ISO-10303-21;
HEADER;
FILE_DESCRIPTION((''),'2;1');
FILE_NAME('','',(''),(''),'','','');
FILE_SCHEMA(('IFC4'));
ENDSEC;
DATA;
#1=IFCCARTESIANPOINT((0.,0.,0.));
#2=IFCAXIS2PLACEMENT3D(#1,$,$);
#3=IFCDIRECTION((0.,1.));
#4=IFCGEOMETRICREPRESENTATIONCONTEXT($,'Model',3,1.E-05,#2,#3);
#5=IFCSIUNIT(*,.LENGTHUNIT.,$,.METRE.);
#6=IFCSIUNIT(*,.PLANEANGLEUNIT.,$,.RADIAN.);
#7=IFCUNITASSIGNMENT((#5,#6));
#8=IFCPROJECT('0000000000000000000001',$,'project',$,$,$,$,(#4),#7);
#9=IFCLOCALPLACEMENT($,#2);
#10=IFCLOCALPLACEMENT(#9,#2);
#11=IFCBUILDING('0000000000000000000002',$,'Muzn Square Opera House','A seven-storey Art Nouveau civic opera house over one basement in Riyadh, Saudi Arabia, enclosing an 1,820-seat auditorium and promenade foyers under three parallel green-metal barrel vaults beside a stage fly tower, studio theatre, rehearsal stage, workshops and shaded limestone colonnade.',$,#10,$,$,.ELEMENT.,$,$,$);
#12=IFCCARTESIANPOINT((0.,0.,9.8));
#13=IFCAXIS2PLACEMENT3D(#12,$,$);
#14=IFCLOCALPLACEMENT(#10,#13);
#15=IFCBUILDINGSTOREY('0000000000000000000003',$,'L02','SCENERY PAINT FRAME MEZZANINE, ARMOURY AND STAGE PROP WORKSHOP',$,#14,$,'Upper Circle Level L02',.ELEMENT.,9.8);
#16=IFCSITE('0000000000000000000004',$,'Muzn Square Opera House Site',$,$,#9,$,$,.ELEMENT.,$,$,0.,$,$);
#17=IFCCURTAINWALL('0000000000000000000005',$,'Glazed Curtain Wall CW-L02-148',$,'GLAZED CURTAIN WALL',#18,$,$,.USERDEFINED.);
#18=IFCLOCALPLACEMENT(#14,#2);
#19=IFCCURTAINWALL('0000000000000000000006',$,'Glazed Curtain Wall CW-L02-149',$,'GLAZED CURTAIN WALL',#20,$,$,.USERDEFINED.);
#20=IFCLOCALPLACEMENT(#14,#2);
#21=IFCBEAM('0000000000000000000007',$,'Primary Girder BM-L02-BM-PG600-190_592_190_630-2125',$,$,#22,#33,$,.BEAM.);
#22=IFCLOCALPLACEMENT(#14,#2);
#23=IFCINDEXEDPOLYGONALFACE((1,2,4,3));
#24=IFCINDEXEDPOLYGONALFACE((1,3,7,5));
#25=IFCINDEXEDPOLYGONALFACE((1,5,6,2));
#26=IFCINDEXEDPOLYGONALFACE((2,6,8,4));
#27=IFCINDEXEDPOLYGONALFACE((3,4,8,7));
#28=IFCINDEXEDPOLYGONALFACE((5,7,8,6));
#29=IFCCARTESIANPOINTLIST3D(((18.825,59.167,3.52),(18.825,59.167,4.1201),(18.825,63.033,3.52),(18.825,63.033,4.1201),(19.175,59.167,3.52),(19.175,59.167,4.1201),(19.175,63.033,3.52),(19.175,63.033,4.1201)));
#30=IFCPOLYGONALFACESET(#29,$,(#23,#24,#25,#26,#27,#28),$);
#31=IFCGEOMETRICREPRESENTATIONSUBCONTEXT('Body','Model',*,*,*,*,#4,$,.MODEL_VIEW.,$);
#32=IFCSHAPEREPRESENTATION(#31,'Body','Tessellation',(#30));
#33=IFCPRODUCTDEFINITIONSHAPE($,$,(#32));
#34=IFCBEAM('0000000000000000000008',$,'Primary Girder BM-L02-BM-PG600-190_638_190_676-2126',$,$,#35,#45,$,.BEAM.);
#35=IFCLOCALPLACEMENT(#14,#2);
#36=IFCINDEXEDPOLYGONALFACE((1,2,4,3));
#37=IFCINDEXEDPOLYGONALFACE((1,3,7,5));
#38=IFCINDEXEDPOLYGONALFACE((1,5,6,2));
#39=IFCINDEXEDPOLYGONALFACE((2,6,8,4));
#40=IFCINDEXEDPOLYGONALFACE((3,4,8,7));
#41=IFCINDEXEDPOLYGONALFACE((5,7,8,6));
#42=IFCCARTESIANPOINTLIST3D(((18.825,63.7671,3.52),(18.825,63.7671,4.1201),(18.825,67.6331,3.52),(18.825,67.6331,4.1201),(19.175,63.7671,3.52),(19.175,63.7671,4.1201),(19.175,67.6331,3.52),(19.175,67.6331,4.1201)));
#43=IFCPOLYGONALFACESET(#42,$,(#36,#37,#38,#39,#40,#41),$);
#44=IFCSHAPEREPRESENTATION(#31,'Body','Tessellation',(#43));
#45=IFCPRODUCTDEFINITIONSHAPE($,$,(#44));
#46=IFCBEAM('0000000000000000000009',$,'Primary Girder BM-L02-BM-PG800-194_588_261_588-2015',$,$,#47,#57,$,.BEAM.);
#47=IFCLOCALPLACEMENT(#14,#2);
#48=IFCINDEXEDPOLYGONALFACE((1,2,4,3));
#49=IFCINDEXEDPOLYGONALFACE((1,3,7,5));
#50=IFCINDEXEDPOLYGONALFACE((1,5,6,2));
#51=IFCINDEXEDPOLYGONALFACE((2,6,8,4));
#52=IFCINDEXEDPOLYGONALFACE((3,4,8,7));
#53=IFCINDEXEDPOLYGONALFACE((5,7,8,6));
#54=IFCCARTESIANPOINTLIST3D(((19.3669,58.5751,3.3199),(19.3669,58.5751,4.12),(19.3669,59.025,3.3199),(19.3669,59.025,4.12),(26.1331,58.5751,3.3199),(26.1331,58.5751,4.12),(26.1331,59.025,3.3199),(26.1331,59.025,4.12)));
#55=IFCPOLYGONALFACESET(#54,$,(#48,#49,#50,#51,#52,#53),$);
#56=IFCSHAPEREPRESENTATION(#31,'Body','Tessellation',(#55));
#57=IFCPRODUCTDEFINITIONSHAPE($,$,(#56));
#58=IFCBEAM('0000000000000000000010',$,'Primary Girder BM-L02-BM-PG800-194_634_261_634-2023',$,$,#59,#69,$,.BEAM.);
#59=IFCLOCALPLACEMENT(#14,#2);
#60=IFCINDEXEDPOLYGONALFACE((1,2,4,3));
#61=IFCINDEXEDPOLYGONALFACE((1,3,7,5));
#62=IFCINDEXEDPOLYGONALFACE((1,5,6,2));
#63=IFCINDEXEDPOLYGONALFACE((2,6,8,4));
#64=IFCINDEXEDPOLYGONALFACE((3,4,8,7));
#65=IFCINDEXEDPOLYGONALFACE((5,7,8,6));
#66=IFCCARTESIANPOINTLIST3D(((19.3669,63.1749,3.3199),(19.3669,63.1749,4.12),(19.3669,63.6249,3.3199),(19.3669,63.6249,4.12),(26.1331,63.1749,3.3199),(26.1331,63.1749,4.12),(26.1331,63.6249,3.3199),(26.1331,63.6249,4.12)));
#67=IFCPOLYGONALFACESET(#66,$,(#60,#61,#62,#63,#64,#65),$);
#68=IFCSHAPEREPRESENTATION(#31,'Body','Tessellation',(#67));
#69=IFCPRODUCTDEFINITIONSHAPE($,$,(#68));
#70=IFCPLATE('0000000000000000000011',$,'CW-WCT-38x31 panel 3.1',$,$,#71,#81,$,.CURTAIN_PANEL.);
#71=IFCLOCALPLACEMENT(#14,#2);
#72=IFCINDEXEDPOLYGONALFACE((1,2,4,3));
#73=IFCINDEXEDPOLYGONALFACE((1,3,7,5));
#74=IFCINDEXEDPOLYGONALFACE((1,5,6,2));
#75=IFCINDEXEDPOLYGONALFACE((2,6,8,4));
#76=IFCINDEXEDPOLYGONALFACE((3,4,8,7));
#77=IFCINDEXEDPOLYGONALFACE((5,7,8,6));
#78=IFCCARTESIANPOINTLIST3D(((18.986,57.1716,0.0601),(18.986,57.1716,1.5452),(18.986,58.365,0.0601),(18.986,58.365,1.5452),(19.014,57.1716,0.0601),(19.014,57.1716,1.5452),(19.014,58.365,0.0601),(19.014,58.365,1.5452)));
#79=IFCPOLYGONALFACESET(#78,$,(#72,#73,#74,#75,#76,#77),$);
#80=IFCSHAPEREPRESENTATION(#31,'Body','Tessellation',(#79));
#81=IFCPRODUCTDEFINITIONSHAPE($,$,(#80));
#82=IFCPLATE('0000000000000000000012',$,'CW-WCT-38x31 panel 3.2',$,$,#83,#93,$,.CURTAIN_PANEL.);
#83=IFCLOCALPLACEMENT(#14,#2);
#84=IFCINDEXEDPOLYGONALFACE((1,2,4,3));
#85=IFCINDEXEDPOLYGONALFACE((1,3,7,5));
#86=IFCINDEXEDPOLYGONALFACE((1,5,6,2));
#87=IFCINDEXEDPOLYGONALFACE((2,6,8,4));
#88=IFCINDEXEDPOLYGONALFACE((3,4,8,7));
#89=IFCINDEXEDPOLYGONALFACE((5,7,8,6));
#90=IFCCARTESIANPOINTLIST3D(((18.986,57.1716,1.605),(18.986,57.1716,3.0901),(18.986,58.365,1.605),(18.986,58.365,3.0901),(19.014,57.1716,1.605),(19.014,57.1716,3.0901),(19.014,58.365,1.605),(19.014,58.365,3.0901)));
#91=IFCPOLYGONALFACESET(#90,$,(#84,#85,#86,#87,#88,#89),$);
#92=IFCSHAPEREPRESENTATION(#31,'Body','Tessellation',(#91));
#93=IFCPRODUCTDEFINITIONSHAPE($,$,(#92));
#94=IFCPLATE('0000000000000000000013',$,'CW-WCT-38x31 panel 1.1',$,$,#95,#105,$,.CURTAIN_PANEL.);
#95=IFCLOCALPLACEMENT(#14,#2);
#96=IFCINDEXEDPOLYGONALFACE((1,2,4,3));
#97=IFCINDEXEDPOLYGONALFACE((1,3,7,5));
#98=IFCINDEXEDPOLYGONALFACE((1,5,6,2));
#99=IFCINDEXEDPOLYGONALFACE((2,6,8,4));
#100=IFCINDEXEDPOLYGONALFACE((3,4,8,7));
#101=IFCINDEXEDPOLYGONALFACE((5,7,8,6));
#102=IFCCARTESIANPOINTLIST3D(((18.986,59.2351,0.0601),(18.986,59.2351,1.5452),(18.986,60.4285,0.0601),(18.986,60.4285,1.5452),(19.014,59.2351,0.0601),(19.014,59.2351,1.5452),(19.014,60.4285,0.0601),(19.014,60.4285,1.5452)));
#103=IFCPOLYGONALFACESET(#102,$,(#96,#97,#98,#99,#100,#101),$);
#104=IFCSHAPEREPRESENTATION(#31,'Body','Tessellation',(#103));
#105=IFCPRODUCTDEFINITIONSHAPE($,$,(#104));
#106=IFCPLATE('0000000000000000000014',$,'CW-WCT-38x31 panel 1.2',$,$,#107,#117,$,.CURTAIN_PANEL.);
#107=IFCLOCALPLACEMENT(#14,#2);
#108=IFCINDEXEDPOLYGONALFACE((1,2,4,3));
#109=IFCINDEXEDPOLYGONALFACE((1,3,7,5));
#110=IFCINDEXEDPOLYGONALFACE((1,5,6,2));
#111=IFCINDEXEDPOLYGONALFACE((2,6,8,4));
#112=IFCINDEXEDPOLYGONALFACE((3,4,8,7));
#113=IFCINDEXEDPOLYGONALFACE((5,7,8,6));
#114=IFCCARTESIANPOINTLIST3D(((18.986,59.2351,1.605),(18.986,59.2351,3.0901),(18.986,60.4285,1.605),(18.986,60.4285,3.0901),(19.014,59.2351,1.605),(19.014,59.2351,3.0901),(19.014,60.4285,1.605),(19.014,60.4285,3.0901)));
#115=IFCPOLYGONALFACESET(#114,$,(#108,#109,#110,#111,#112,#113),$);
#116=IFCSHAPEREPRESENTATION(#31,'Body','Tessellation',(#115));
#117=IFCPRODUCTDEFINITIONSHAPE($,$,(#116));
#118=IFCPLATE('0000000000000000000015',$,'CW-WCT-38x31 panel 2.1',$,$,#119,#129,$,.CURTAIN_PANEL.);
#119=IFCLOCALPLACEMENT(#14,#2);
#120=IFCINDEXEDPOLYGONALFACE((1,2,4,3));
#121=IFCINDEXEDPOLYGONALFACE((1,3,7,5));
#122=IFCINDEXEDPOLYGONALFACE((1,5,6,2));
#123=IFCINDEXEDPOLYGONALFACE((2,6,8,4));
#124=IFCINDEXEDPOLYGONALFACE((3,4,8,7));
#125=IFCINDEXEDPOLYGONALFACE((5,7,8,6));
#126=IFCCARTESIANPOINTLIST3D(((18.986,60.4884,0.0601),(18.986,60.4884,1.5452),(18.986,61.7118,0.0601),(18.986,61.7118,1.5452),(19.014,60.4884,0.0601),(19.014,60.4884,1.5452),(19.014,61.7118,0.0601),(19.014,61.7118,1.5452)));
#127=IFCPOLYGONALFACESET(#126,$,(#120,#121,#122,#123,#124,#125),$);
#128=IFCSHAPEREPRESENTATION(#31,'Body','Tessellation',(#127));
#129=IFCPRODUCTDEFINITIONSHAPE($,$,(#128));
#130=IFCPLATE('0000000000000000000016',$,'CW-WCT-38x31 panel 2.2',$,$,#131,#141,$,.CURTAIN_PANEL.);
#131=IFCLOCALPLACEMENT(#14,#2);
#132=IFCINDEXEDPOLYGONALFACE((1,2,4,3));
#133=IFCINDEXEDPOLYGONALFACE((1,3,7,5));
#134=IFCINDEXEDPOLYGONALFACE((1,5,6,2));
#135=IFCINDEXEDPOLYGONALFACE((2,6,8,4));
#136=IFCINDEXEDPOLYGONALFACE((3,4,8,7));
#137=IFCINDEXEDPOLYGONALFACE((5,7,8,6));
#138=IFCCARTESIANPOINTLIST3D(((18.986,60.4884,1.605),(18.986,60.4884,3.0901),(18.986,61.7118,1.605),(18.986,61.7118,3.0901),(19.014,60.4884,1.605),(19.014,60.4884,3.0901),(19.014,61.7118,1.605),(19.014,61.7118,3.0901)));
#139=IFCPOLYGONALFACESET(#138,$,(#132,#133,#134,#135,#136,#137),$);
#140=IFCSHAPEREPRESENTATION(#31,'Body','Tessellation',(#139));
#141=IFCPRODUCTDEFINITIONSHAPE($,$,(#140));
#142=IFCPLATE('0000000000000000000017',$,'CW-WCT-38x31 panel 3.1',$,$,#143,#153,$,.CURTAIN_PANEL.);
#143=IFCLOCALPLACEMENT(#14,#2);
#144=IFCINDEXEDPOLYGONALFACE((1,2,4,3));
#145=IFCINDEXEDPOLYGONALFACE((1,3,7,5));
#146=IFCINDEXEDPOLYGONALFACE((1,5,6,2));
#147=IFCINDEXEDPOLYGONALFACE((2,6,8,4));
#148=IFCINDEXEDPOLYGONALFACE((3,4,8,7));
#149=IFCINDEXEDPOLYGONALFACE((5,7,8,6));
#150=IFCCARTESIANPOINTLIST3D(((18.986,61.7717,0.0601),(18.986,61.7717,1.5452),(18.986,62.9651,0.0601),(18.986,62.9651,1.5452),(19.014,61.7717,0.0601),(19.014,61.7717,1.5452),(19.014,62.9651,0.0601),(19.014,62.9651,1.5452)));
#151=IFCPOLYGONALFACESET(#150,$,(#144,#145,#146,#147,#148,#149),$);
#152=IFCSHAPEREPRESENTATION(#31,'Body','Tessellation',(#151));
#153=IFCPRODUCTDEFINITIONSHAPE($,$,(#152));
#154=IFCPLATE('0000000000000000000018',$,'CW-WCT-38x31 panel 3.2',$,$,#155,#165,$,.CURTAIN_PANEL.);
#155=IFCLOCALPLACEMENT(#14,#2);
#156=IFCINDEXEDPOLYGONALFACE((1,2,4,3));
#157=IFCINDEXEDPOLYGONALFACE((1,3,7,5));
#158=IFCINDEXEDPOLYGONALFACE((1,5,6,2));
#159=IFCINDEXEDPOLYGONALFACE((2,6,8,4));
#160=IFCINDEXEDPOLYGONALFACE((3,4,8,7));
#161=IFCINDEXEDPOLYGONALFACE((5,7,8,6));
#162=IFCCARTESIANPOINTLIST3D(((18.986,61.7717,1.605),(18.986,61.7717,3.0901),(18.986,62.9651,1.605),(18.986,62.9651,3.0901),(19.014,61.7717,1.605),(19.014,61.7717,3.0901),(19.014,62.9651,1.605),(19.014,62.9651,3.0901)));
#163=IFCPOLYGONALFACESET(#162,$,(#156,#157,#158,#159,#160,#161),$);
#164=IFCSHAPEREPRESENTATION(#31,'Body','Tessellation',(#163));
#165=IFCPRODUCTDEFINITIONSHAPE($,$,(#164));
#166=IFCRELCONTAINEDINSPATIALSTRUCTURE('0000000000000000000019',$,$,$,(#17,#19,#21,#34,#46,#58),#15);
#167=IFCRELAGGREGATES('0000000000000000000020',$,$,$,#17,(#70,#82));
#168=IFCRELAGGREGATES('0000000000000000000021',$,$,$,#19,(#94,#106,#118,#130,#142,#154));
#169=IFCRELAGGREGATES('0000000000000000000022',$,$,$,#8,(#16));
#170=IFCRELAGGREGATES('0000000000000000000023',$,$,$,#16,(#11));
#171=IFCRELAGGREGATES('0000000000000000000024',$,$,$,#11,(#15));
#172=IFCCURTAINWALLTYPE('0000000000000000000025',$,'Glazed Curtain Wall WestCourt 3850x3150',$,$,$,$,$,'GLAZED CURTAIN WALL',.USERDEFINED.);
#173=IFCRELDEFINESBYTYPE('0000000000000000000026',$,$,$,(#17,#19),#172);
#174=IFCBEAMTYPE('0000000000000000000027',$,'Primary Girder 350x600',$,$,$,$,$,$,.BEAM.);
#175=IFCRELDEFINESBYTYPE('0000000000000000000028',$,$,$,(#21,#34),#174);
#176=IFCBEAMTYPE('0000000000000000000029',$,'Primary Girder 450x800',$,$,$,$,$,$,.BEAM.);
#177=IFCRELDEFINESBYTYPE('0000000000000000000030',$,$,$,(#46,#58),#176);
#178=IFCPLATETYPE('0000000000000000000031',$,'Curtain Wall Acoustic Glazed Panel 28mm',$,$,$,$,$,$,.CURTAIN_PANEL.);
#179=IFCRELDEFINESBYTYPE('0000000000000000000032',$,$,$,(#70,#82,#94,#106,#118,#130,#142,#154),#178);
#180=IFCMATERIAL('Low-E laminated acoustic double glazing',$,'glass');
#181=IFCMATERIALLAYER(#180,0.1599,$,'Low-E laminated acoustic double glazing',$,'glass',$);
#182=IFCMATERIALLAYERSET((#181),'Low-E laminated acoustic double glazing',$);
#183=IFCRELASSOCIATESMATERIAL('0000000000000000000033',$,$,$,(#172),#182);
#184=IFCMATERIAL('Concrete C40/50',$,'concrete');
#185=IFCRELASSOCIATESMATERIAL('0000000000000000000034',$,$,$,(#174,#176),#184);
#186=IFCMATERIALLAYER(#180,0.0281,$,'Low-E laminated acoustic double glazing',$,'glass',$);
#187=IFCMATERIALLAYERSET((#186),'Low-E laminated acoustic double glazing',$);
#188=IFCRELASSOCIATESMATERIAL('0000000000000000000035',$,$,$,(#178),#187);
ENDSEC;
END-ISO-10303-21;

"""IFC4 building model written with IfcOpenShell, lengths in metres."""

from ifc_helpers import new_model, si_unit, direction, frame, origin, origin_2d, place, context, subcontext, project, spatial, rectangle, extrude, material, layer, layer_set, material_profile, profile_set, type_object, element, aggregate, save


model = new_model("IFC4")

# Units and contexts
model_context = context("Model", 3, precision=1e-05, world=origin(), true_north=direction((0.0, 1.0)))
body_context = subcontext(model_context, "Body", "Model", "MODEL_VIEW")
ifc_project = project(units=[si_unit("LENGTHUNIT", "METRE"), si_unit("PLANEANGLEUNIT", "RADIAN")], contexts=[model_context])

# Site, building, storey
site_placement = place(None, origin())
site = spatial("IfcSite", under=ifc_project, at=site_placement, Name="Muzn Square Opera House Site", CompositionType="ELEMENT", RefElevation=0.0)
building_placement = place(site_placement, origin())
building = spatial("IfcBuilding", under=site, at=building_placement, Name="Muzn Square Opera House", Description="A seven-storey Art Nouveau civic opera house over one basement in Riyadh, Saudi Arabia, enclosing an 1,820-seat auditorium and promenade foyers under three parallel green-metal barrel vaults beside a stage fly tower, studio theatre, rehearsal stage, workshops and shaded limestone colonnade.", CompositionType="ELEMENT")
storey_placement = place(building_placement, frame((0.0, 0.0, 9.8)))
storey = spatial("IfcBuildingStorey", under=building, at=storey_placement, Name="L02", Description="SCENERY PAINT FRAME MEZZANINE, ARMOURY AND STAGE PROP WORKSHOP", LongName="Upper Circle Level L02", CompositionType="ELEMENT", Elevation=9.8)

# Curtain walls
ifc_material_1 = material(Name="Low-E laminated acoustic double glazing", Category="glass")
ifc_layer_1 = layer(ifc_material_1, 0.1599, Name="Low-E laminated acoustic double glazing", Category="glass")
ifc_layer_set_1 = layer_set([ifc_layer_1], Name="Low-E laminated acoustic double glazing")
curtain_wall_type = type_object("IfcCurtainWallType", Name="Glazed Curtain Wall WestCourt 3850x3150", ElementType="GLAZED CURTAIN WALL", PredefinedType="USERDEFINED", material=ifc_layer_set_1)
curtain_wall_1_placement = place(storey_placement, origin())
curtain_wall_1 = element("IfcCurtainWall", 1, at=curtain_wall_1_placement, inside=storey, type_object=curtain_wall_type, Name="Glazed Curtain Wall CW-L02-148", ObjectType="GLAZED CURTAIN WALL", PredefinedType="USERDEFINED")
curtain_wall_2_placement = place(storey_placement, origin())
curtain_wall_2 = element("IfcCurtainWall", 2, at=curtain_wall_2_placement, inside=storey, type_object=curtain_wall_type, Name="Glazed Curtain Wall CW-L02-149", ObjectType="GLAZED CURTAIN WALL", PredefinedType="USERDEFINED")

# Beams
ifc_material_2 = material(Name="Concrete C40/50", Category="concrete")
ifc_material_profile_1 = material_profile(ifc_material_2, rectangle(XDim=0.3501, YDim=0.6001, at=origin_2d()), Name="RCB 350x600", Category="concrete")
ifc_profile_set_1 = profile_set([ifc_material_profile_1], Name="Concrete C40/50")
beam_type_1 = type_object("IfcBeamType", Name="Primary Girder 350x600", PredefinedType="BEAM", material=ifc_profile_set_1)
for number, where, z_axis, x_axis, name in (
    (3, (19.0, 59.167, 3.8201), (0.0, 1.0, 0.0), (-1.0, 0.0, 0.0), "Primary Girder BM-L02-BM-PG600-190_592_190_630-2125"),
    (4, (19.0, 63.7671, 3.8201), (0.0, 1.0, 0.0), (-1.0, 0.0, 0.0), "Primary Girder BM-L02-BM-PG600-190_638_190_676-2126"),
):
    element("IfcBeam", number, at=place(storey_placement, frame(where, z_axis=z_axis, x_axis=x_axis)), inside=storey, type_object=beam_type_1, Name=name, PredefinedType="BEAM", context=body_context, shape_type="SweptSolid", body=[
        extrude(rectangle(XDim=0.3501, YDim=0.6001, at=origin_2d()), origin(), (0.0, 0.0, 1.0), 3.866),
    ])
ifc_material_profile_2 = material_profile(ifc_material_2, rectangle(XDim=0.45, YDim=0.8, at=origin_2d()), Name="RCB 450x800", Category="concrete")
ifc_profile_set_2 = profile_set([ifc_material_profile_2], Name="Concrete C40/50")
beam_type_2 = type_object("IfcBeamType", Name="Primary Girder 450x800", PredefinedType="BEAM", material=ifc_profile_set_2)
for number, where, z_axis, x_axis, name in (
    (5, (19.3669, 58.8, 3.72), (1.0, 0.0, 0.0), (0.0, 1.0, 0.0), "Primary Girder BM-L02-BM-PG800-194_588_261_588-2015"),
    (6, (19.3669, 63.3999, 3.72), (1.0, 0.0, 0.0), (0.0, 1.0, 0.0), "Primary Girder BM-L02-BM-PG800-194_634_261_634-2023"),
):
    element("IfcBeam", number, at=place(storey_placement, frame(where, z_axis=z_axis, x_axis=x_axis)), inside=storey, type_object=beam_type_2, Name=name, PredefinedType="BEAM", context=body_context, shape_type="SweptSolid", body=[
        extrude(rectangle(XDim=0.45, YDim=0.8, at=origin_2d()), origin(), (0.0, 0.0, 1.0), 6.7661),
    ])

# Plates
ifc_layer_2 = layer(ifc_material_1, 0.0281, Name="Low-E laminated acoustic double glazing", Category="glass")
ifc_layer_set_2 = layer_set([ifc_layer_2], Name="Low-E laminated acoustic double glazing")
plate_type = type_object("IfcPlateType", Name="Curtain Wall Acoustic Glazed Panel 28mm", PredefinedType="CURTAIN_PANEL", material=ifc_layer_set_2)
plate_1_placement = place(storey_placement, frame((19.0, 57.7683, 0.0601), z_axis=(0.0, 0.0, 1.0), x_axis=(0.0, 1.0, 0.0)))
plate_1 = element("IfcPlate", 7, at=plate_1_placement, type_object=plate_type, Name="CW-WCT-38x31 panel 3.1", PredefinedType="CURTAIN_PANEL", context=body_context, shape_type="SweptSolid", body=[
    extrude(rectangle(XDim=1.1934, YDim=0.0281, at=origin_2d()), origin(), (0.0, 0.0, 1.0), 1.4851),
])
plate_2_placement = place(storey_placement, frame((19.0, 57.7683, 1.605), z_axis=(0.0, 0.0, 1.0), x_axis=(0.0, 1.0, 0.0)))
plate_2 = element("IfcPlate", 8, at=plate_2_placement, type_object=plate_type, Name="CW-WCT-38x31 panel 3.2", PredefinedType="CURTAIN_PANEL", context=body_context, shape_type="SweptSolid", body=[
    extrude(rectangle(XDim=1.1934, YDim=0.0281, at=origin_2d()), origin(), (0.0, 0.0, 1.0), 1.4851),
])
aggregate(curtain_wall_1, [plate_1, plate_2])
plate_3_placement = place(storey_placement, frame((19.0, 59.8318, 0.0601), z_axis=(0.0, 0.0, 1.0), x_axis=(0.0, 1.0, 0.0)))
plate_3 = element("IfcPlate", 9, at=plate_3_placement, type_object=plate_type, Name="CW-WCT-38x31 panel 1.1", PredefinedType="CURTAIN_PANEL", context=body_context, shape_type="SweptSolid", body=[
    extrude(rectangle(XDim=1.1934, YDim=0.0281, at=origin_2d()), origin(), (0.0, 0.0, 1.0), 1.4851),
])
plate_4_placement = place(storey_placement, frame((19.0, 59.8318, 1.605), z_axis=(0.0, 0.0, 1.0), x_axis=(0.0, 1.0, 0.0)))
plate_4 = element("IfcPlate", 10, at=plate_4_placement, type_object=plate_type, Name="CW-WCT-38x31 panel 1.2", PredefinedType="CURTAIN_PANEL", context=body_context, shape_type="SweptSolid", body=[
    extrude(rectangle(XDim=1.1934, YDim=0.0281, at=origin_2d()), origin(), (0.0, 0.0, 1.0), 1.4851),
])
plate_5_placement = place(storey_placement, frame((19.0, 61.1001, 0.0601), z_axis=(0.0, 0.0, 1.0), x_axis=(0.0, 1.0, 0.0)))
plate_5 = element("IfcPlate", 11, at=plate_5_placement, type_object=plate_type, Name="CW-WCT-38x31 panel 2.1", PredefinedType="CURTAIN_PANEL", context=body_context, shape_type="SweptSolid", body=[
    extrude(rectangle(XDim=1.2234, YDim=0.0281, at=origin_2d()), origin(), (0.0, 0.0, 1.0), 1.4851),
])
plate_6_placement = place(storey_placement, frame((19.0, 61.1001, 1.605), z_axis=(0.0, 0.0, 1.0), x_axis=(0.0, 1.0, 0.0)))
plate_6 = element("IfcPlate", 12, at=plate_6_placement, type_object=plate_type, Name="CW-WCT-38x31 panel 2.2", PredefinedType="CURTAIN_PANEL", context=body_context, shape_type="SweptSolid", body=[
    extrude(rectangle(XDim=1.2234, YDim=0.0281, at=origin_2d()), origin(), (0.0, 0.0, 1.0), 1.4851),
])
plate_7_placement = place(storey_placement, frame((19.0, 62.3684, 0.0601), z_axis=(0.0, 0.0, 1.0), x_axis=(0.0, 1.0, 0.0)))
plate_7 = element("IfcPlate", 13, at=plate_7_placement, type_object=plate_type, Name="CW-WCT-38x31 panel 3.1", PredefinedType="CURTAIN_PANEL", context=body_context, shape_type="SweptSolid", body=[
    extrude(rectangle(XDim=1.1934, YDim=0.0281, at=origin_2d()), origin(), (0.0, 0.0, 1.0), 1.4851),
])
plate_8_placement = place(storey_placement, frame((19.0, 62.3684, 1.605), z_axis=(0.0, 0.0, 1.0), x_axis=(0.0, 1.0, 0.0)))
plate_8 = element("IfcPlate", 14, at=plate_8_placement, type_object=plate_type, Name="CW-WCT-38x31 panel 3.2", PredefinedType="CURTAIN_PANEL", context=body_context, shape_type="SweptSolid", body=[
    extrude(rectangle(XDim=1.1934, YDim=0.0281, at=origin_2d()), origin(), (0.0, 0.0, 1.0), 1.4851),
])
aggregate(curtain_wall_2, [plate_3, plate_4, plate_5, plate_6, plate_7, plate_8])

save(model, "model.ifc")
